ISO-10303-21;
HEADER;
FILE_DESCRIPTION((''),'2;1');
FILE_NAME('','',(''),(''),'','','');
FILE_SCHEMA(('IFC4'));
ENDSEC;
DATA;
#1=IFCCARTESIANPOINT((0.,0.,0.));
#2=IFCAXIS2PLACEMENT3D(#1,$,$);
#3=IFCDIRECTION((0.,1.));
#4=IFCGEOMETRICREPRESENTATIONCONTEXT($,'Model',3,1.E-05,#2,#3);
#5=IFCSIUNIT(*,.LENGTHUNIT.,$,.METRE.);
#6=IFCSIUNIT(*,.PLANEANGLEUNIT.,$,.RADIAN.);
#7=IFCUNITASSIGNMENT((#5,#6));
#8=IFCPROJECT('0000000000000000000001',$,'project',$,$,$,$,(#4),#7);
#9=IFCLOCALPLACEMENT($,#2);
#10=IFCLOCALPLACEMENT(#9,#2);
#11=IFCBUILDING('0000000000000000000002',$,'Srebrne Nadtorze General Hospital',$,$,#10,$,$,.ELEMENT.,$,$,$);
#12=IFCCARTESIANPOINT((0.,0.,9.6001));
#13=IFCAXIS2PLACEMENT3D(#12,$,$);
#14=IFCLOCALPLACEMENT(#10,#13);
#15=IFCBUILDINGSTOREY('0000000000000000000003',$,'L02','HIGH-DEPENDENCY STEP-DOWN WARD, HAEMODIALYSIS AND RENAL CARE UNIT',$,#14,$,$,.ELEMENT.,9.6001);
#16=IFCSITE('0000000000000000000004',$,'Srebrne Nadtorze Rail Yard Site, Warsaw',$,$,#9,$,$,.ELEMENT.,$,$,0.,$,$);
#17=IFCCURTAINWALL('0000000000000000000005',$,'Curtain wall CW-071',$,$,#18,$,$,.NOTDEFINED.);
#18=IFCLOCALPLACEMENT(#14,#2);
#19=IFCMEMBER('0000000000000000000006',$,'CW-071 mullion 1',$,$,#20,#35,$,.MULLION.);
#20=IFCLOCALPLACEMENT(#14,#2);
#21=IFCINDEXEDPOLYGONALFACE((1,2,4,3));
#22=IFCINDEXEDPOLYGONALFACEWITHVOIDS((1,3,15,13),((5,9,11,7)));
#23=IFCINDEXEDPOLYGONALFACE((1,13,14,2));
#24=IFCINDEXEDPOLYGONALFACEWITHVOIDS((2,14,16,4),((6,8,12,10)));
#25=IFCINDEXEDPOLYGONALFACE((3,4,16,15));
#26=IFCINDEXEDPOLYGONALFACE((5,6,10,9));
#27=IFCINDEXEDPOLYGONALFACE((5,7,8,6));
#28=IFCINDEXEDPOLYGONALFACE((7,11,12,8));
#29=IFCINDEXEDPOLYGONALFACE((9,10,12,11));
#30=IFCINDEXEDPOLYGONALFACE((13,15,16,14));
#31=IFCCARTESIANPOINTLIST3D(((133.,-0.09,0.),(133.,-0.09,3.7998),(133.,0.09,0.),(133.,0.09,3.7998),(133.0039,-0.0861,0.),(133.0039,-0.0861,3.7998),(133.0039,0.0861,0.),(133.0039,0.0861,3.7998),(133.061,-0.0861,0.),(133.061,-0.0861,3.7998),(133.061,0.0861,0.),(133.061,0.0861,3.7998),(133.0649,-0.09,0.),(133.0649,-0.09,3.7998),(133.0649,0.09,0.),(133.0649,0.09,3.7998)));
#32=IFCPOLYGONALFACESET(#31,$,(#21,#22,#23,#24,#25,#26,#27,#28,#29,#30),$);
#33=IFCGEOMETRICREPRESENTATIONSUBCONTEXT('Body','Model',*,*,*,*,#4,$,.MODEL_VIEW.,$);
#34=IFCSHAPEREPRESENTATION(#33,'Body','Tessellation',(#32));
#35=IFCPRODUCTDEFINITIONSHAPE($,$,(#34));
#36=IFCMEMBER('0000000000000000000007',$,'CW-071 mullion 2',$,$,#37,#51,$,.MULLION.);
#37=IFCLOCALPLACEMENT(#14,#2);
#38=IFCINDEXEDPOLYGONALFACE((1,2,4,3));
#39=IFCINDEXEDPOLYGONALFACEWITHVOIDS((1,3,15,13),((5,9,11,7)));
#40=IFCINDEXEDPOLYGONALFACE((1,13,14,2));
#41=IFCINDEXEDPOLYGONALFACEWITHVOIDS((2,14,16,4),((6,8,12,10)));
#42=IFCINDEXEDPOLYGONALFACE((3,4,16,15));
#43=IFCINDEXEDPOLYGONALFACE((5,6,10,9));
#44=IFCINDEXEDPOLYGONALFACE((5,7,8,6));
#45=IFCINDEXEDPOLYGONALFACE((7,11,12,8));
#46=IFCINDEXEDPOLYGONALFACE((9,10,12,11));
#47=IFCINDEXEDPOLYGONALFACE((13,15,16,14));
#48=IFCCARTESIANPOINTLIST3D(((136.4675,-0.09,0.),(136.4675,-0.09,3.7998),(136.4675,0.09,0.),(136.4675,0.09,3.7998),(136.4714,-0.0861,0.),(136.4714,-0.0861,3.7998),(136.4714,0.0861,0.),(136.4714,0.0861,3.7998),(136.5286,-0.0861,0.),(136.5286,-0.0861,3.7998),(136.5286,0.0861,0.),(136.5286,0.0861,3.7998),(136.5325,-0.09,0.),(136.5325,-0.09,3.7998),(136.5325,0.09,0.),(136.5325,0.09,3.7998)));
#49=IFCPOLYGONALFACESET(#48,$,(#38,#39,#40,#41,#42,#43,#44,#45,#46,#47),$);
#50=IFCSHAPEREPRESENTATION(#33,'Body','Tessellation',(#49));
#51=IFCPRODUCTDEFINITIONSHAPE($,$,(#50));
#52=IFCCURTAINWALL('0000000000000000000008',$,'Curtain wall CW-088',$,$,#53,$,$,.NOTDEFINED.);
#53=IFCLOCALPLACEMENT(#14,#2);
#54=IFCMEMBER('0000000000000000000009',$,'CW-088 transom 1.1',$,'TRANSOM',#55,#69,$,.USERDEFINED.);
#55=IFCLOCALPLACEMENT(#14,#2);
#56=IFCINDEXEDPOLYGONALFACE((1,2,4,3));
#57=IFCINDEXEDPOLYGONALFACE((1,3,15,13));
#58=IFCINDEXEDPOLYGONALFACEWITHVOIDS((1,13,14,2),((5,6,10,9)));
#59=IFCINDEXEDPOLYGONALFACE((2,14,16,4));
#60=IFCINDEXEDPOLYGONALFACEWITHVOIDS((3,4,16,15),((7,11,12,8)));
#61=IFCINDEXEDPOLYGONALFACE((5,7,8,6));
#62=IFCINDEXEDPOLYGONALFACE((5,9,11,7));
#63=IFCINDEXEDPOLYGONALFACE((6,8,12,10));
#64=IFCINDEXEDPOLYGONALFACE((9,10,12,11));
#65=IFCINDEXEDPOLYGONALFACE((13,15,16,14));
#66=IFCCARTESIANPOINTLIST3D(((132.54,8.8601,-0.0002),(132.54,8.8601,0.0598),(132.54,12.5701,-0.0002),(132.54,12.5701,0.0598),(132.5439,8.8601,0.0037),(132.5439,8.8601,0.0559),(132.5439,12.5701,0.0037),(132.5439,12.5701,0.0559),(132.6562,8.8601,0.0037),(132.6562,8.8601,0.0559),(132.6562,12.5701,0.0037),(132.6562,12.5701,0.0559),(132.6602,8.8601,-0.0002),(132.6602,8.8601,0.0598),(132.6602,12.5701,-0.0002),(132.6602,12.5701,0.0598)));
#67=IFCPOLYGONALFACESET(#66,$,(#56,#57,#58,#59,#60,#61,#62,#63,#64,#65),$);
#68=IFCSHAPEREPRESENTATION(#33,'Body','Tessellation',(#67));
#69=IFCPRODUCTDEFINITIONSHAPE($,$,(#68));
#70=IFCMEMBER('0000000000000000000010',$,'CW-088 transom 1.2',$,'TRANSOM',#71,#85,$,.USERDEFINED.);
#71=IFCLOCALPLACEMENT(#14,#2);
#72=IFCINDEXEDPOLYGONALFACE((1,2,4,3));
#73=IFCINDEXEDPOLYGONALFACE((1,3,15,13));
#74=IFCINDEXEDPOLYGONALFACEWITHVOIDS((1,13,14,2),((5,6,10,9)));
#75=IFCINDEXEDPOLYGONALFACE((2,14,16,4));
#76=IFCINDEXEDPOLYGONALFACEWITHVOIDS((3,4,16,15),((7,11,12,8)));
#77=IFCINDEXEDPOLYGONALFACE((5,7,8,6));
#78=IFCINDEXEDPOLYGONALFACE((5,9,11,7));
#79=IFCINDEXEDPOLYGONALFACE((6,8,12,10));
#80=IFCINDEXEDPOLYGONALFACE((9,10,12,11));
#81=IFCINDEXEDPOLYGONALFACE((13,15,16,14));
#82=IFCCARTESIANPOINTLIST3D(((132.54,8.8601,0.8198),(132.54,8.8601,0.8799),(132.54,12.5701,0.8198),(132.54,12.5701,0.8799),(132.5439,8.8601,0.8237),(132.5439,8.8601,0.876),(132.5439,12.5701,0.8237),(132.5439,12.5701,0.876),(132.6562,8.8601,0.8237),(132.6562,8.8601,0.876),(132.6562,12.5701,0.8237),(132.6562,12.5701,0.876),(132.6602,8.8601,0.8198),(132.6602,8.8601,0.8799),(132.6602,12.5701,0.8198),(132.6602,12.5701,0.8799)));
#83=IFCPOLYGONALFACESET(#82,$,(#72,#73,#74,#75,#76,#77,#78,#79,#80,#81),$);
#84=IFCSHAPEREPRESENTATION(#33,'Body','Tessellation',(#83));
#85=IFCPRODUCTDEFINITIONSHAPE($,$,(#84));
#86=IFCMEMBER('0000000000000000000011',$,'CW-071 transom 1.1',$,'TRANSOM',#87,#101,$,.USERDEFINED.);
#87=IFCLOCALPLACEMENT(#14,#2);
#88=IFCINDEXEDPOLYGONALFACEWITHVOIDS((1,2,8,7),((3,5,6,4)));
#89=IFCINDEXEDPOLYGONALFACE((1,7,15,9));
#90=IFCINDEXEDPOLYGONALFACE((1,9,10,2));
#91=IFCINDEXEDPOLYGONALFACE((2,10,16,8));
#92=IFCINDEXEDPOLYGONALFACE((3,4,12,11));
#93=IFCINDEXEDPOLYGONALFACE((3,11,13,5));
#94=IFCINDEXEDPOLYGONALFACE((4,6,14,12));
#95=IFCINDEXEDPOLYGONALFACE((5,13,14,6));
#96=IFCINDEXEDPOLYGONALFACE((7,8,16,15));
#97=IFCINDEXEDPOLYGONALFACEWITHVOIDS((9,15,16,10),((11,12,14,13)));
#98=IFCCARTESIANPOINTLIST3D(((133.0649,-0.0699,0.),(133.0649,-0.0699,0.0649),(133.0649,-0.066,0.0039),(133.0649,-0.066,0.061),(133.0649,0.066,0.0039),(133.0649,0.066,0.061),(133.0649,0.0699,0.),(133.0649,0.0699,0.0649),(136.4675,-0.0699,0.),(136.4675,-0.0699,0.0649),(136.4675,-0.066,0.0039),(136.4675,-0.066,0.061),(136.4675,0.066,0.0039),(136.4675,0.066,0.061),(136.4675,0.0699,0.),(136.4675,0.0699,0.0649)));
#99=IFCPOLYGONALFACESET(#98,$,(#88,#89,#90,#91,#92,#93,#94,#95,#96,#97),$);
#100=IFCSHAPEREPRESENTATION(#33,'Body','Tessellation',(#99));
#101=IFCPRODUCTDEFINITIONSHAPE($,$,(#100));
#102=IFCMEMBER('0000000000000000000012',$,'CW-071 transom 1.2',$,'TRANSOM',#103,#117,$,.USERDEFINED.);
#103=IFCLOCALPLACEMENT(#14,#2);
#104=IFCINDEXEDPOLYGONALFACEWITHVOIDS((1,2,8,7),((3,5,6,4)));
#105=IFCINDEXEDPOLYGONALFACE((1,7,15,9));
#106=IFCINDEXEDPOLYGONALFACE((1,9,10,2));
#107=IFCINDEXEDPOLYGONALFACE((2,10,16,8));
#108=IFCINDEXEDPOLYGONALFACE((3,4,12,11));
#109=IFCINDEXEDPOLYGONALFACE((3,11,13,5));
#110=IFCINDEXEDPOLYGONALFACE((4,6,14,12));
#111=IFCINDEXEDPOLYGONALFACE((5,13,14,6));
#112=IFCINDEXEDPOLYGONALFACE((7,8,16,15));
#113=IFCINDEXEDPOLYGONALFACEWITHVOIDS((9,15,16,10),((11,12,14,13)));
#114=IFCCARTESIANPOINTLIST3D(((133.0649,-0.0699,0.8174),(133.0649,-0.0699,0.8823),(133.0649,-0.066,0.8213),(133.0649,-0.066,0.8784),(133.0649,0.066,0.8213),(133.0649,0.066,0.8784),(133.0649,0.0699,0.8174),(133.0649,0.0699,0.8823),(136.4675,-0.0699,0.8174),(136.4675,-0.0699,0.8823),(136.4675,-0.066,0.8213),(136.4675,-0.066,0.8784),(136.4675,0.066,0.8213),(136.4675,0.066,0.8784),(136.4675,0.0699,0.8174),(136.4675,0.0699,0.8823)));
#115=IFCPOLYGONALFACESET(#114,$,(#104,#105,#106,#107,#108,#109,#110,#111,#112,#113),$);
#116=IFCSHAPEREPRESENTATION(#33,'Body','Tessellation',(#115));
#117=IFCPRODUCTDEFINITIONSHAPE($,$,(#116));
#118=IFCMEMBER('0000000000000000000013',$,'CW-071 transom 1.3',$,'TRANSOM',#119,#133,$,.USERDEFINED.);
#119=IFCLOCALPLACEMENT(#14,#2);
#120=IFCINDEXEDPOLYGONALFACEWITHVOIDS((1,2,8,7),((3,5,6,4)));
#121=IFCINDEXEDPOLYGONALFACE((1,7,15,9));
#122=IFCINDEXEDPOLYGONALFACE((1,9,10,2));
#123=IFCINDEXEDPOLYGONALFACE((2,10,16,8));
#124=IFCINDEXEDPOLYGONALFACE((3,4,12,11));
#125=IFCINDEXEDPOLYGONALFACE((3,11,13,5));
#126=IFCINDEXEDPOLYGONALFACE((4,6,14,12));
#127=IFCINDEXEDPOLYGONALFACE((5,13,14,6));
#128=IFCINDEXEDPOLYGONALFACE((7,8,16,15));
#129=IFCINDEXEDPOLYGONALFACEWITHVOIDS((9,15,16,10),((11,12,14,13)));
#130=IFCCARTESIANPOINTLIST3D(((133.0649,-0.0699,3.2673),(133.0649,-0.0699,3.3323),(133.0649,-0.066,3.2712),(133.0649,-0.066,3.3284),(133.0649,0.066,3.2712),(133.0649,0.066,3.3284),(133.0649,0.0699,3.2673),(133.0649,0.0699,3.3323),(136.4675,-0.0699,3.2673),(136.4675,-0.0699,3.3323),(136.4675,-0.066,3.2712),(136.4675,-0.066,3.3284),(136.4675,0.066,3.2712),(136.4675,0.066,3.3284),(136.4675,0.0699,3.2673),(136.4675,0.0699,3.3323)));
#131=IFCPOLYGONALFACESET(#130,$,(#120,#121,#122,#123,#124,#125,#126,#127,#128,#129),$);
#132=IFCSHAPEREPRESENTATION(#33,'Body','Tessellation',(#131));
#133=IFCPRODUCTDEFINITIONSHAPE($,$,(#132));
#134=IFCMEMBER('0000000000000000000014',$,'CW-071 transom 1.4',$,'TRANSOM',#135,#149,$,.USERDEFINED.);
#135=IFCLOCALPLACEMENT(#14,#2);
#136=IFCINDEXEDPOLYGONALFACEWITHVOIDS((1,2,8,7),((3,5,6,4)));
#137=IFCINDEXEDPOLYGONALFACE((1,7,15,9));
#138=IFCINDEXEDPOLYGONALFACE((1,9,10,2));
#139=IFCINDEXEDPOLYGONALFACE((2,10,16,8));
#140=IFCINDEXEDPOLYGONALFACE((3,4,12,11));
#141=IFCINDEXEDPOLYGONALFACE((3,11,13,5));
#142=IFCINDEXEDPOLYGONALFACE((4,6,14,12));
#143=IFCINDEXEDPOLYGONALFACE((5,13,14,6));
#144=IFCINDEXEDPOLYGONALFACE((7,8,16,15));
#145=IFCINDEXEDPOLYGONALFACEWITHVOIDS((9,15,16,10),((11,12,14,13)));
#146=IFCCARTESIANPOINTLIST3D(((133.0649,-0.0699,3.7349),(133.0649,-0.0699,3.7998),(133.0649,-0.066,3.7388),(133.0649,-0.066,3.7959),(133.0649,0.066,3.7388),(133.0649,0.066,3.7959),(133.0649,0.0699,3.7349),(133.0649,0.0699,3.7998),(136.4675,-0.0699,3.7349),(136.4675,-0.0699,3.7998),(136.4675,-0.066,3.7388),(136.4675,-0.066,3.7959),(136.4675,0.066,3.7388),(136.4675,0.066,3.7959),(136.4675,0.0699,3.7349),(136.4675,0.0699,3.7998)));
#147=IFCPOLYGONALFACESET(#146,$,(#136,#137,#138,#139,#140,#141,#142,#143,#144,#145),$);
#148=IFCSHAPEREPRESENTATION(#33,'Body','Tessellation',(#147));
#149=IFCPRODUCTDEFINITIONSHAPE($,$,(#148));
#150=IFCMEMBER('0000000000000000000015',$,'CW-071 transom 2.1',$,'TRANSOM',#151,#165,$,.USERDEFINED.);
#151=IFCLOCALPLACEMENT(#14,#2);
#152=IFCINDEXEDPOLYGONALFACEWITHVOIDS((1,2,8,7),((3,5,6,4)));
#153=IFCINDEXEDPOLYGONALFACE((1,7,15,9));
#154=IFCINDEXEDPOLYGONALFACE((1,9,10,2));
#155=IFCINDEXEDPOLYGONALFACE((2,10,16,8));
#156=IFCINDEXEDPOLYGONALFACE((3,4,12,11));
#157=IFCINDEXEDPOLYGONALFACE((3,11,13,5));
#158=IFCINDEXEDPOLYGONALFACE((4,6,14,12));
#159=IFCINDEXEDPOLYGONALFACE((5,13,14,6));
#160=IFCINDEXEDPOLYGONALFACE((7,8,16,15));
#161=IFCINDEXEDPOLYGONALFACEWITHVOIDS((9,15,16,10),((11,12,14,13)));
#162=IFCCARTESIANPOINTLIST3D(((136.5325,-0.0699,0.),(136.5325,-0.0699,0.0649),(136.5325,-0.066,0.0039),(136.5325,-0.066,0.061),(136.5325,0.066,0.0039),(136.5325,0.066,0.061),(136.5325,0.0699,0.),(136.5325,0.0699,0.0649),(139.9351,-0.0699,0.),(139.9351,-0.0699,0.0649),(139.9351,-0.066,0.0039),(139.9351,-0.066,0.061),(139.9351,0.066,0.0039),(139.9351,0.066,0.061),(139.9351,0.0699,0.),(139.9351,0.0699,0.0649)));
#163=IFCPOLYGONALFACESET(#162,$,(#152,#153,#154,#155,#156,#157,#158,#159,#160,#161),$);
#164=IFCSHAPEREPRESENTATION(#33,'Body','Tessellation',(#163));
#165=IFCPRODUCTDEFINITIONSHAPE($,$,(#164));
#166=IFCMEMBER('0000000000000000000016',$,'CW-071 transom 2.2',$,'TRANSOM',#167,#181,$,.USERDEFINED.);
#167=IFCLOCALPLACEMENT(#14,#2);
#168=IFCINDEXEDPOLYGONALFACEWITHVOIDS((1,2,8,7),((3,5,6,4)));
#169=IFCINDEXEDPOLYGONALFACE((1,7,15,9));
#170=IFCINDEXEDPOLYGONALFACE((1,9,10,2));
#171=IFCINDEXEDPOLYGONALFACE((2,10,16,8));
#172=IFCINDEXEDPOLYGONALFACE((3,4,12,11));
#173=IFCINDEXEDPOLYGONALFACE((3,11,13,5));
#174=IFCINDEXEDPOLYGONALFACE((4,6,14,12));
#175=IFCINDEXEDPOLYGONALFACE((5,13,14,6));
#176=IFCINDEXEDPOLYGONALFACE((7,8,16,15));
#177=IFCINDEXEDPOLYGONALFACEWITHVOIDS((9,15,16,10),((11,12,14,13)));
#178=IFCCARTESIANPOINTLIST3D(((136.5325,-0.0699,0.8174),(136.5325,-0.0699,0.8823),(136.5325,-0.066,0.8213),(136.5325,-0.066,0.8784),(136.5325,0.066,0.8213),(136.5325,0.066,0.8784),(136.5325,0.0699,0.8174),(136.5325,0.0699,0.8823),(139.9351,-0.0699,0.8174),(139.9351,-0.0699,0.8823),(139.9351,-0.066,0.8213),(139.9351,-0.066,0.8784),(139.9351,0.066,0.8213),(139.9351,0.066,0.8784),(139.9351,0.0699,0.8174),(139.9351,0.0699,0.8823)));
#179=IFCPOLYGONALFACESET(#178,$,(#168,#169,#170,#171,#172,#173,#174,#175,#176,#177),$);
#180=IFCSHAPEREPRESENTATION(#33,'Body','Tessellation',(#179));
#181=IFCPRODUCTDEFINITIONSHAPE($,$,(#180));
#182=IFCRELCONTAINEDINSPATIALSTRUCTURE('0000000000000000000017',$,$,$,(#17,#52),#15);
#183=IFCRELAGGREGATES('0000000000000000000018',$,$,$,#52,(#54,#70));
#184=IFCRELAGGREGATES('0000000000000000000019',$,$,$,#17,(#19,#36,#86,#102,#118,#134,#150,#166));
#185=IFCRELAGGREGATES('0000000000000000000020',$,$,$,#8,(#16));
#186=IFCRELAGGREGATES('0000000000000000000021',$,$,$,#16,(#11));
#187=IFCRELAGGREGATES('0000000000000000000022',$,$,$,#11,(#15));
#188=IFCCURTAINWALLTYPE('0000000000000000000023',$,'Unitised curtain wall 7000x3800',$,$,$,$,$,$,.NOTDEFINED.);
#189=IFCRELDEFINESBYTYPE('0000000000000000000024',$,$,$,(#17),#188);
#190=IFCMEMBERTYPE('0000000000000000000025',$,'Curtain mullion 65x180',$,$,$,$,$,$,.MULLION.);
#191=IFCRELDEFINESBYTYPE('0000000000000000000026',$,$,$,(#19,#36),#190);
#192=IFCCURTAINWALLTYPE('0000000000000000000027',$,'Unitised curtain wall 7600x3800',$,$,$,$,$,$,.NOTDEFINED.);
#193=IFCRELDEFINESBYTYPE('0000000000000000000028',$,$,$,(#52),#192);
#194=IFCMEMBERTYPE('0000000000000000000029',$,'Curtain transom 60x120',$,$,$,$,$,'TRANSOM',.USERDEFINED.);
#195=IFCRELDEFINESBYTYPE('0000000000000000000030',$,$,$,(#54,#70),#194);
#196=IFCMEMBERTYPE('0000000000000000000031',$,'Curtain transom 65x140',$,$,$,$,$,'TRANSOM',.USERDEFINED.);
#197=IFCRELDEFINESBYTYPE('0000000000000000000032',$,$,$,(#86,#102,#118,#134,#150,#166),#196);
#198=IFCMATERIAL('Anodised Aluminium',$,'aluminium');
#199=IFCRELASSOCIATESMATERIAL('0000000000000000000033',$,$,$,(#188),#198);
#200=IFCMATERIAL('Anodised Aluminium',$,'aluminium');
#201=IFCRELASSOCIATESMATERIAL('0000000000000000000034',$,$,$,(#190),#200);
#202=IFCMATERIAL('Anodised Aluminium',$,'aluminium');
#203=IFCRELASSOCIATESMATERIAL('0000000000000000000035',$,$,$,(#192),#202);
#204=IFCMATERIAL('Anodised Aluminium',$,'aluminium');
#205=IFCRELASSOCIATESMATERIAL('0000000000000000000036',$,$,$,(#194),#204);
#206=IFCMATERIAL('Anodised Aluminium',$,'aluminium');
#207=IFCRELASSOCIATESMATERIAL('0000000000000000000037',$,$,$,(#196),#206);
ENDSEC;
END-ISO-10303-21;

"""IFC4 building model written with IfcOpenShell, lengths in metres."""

from ifc_helpers import new_model, si_unit, direction, frame, origin, origin_2d, place, context, subcontext, project, spatial, hollow_rectangle, extrude, material, material_profile, profile_set, type_object, element, aggregate, save


model = new_model("IFC4")

# Units and contexts
model_context = context("Model", 3, precision=1e-05, world=origin(), true_north=direction((0.0, 1.0)))
body_context = subcontext(model_context, "Body", "Model", "MODEL_VIEW")
ifc_project = project(units=[si_unit("LENGTHUNIT", "METRE"), si_unit("PLANEANGLEUNIT", "RADIAN")], contexts=[model_context])

# Site, building, storey
site_placement = place(None, origin())
site = spatial("IfcSite", under=ifc_project, at=site_placement, Name="Srebrne Nadtorze Rail Yard Site, Warsaw", CompositionType="ELEMENT", RefElevation=0.0)
building_placement = place(site_placement, origin())
building = spatial("IfcBuilding", under=site, at=building_placement, Name="Srebrne Nadtorze General Hospital", CompositionType="ELEMENT")
storey_placement = place(building_placement, frame((0.0, 0.0, 9.6001)))
storey = spatial("IfcBuildingStorey", under=building, at=storey_placement, Name="L02", Description="HIGH-DEPENDENCY STEP-DOWN WARD, HAEMODIALYSIS AND RENAL CARE UNIT", CompositionType="ELEMENT", Elevation=9.6001)

# Curtain walls, members
ifc_material_1 = material(Name="Anodised Aluminium", Category="aluminium")
curtain_wall_type_1 = type_object("IfcCurtainWallType", Name="Unitised curtain wall 7000x3800", PredefinedType="NOTDEFINED", material=ifc_material_1)
curtain_wall_1_placement = place(storey_placement, origin())
curtain_wall_1 = element("IfcCurtainWall", 1, at=curtain_wall_1_placement, inside=storey, type_object=curtain_wall_type_1, Name="Curtain wall CW-071", PredefinedType="NOTDEFINED")
ifc_material_2 = material(Name="Anodised Aluminium", Category="aluminium")
ifc_material_profile_1 = material_profile(ifc_material_2, hollow_rectangle(XDim=0.0649, YDim=0.1799, WallThickness=0.0039, at=origin_2d()), Name="AL-MUL-65x180")
ifc_profile_set_1 = profile_set([ifc_material_profile_1], Name="Anodised Aluminium")
member_type_1 = type_object("IfcMemberType", Name="Curtain mullion 65x180", PredefinedType="MULLION", material=ifc_profile_set_1)
member_1_placement = place(storey_placement, frame((133.0325, 0.0, 0.0), z_axis=(0.0, 0.0, 1.0), x_axis=(1.0, 0.0, 0.0)))
member_1 = element("IfcMember", 2, at=member_1_placement, type_object=member_type_1, Name="CW-071 mullion 1", PredefinedType="MULLION", context=body_context, shape_type="SweptSolid", body=[
    extrude(hollow_rectangle(XDim=0.0649, YDim=0.1799, WallThickness=0.0039, at=origin_2d()), origin(), (0.0, 0.0, 1.0), 3.7998),
])
member_2_placement = place(storey_placement, frame((136.5, 0.0, 0.0), z_axis=(0.0, 0.0, 1.0), x_axis=(1.0, 0.0, 0.0)))
member_2 = element("IfcMember", 3, at=member_2_placement, type_object=member_type_1, Name="CW-071 mullion 2", PredefinedType="MULLION", context=body_context, shape_type="SweptSolid", body=[
    extrude(hollow_rectangle(XDim=0.0649, YDim=0.1799, WallThickness=0.0039, at=origin_2d()), origin(), (0.0, 0.0, 1.0), 3.7998),
])
ifc_material_3 = material(Name="Anodised Aluminium", Category="aluminium")
curtain_wall_type_2 = type_object("IfcCurtainWallType", Name="Unitised curtain wall 7600x3800", PredefinedType="NOTDEFINED", material=ifc_material_3)
curtain_wall_2_placement = place(storey_placement, origin())
curtain_wall_2 = element("IfcCurtainWall", 4, at=curtain_wall_2_placement, inside=storey, type_object=curtain_wall_type_2, Name="Curtain wall CW-088", PredefinedType="NOTDEFINED")
ifc_material_4 = material(Name="Anodised Aluminium", Category="aluminium")
ifc_material_profile_2 = material_profile(ifc_material_4, hollow_rectangle(XDim=0.0601, YDim=0.1201, WallThickness=0.0039, at=origin_2d()), Name="AL-TRN-60x120")
ifc_profile_set_2 = profile_set([ifc_material_profile_2], Name="Anodised Aluminium")
member_type_2 = type_object("IfcMemberType", Name="Curtain transom 60x120", ElementType="TRANSOM", PredefinedType="USERDEFINED", material=ifc_profile_set_2)
member_3_placement = place(storey_placement, frame((132.6001, 8.8601, 0.0298), z_axis=(0.0, 1.0, 0.0), x_axis=(0.0, 0.0, 1.0)))
member_3 = element("IfcMember", 5, at=member_3_placement, type_object=member_type_2, Name="CW-088 transom 1.1", ObjectType="TRANSOM", PredefinedType="USERDEFINED", context=body_context, shape_type="SweptSolid", body=[
    extrude(hollow_rectangle(XDim=0.0601, YDim=0.1201, WallThickness=0.0039, at=origin_2d()), origin(), (0.0, 0.0, 1.0), 3.71),
])
member_4_placement = place(storey_placement, frame((132.6001, 8.8601, 0.8499), z_axis=(0.0, 1.0, 0.0), x_axis=(0.0, 0.0, 1.0)))
member_4 = element("IfcMember", 6, at=member_4_placement, type_object=member_type_2, Name="CW-088 transom 1.2", ObjectType="TRANSOM", PredefinedType="USERDEFINED", context=body_context, shape_type="SweptSolid", body=[
    extrude(hollow_rectangle(XDim=0.0601, YDim=0.1201, WallThickness=0.0039, at=origin_2d()), origin(), (0.0, 0.0, 1.0), 3.71),
])
aggregate(curtain_wall_2, [member_3, member_4])

# Members
ifc_material_5 = material(Name="Anodised Aluminium", Category="aluminium")
ifc_material_profile_3 = material_profile(ifc_material_5, hollow_rectangle(XDim=0.0649, YDim=0.1399, WallThickness=0.0039, at=origin_2d()), Name="AL-TRN-65x140")
ifc_profile_set_3 = profile_set([ifc_material_profile_3], Name="Anodised Aluminium")
member_type_3 = type_object("IfcMemberType", Name="Curtain transom 65x140", ElementType="TRANSOM", PredefinedType="USERDEFINED", material=ifc_profile_set_3)
member_5_placement = place(storey_placement, frame((133.0649, 0.0, 0.0325), z_axis=(1.0, 0.0, 0.0), x_axis=(0.0, 0.0, 1.0)))
member_5 = element("IfcMember", 7, at=member_5_placement, type_object=member_type_3, Name="CW-071 transom 1.1", ObjectType="TRANSOM", PredefinedType="USERDEFINED", context=body_context, shape_type="SweptSolid", body=[
    extrude(hollow_rectangle(XDim=0.0649, YDim=0.1399, WallThickness=0.0039, at=origin_2d()), origin(), (0.0, 0.0, 1.0), 3.4026),
])
member_6_placement = place(storey_placement, frame((133.0649, 0.0, 0.8499), z_axis=(1.0, 0.0, 0.0), x_axis=(0.0, 0.0, 1.0)))
member_6 = element("IfcMember", 8, at=member_6_placement, type_object=member_type_3, Name="CW-071 transom 1.2", ObjectType="TRANSOM", PredefinedType="USERDEFINED", context=body_context, shape_type="SweptSolid", body=[
    extrude(hollow_rectangle(XDim=0.0649, YDim=0.1399, WallThickness=0.0039, at=origin_2d()), origin(), (0.0, 0.0, 1.0), 3.4026),
])
member_7_placement = place(storey_placement, frame((133.0649, 0.0, 3.2998), z_axis=(1.0, 0.0, 0.0), x_axis=(0.0, 0.0, 1.0)))
member_7 = element("IfcMember", 9, at=member_7_placement, type_object=member_type_3, Name="CW-071 transom 1.3", ObjectType="TRANSOM", PredefinedType="USERDEFINED", context=body_context, shape_type="SweptSolid", body=[
    extrude(hollow_rectangle(XDim=0.0649, YDim=0.1399, WallThickness=0.0039, at=origin_2d()), origin(), (0.0, 0.0, 1.0), 3.4026),
])
member_8_placement = place(storey_placement, frame((133.0649, 0.0, 3.7673), z_axis=(1.0, 0.0, 0.0), x_axis=(0.0, 0.0, 1.0)))
member_8 = element("IfcMember", 10, at=member_8_placement, type_object=member_type_3, Name="CW-071 transom 1.4", ObjectType="TRANSOM", PredefinedType="USERDEFINED", context=body_context, shape_type="SweptSolid", body=[
    extrude(hollow_rectangle(XDim=0.0649, YDim=0.1399, WallThickness=0.0039, at=origin_2d()), origin(), (0.0, 0.0, 1.0), 3.4026),
])
member_9_placement = place(storey_placement, frame((136.5325, 0.0, 0.0325), z_axis=(1.0, 0.0, 0.0), x_axis=(0.0, 0.0, 1.0)))
member_9 = element("IfcMember", 11, at=member_9_placement, type_object=member_type_3, Name="CW-071 transom 2.1", ObjectType="TRANSOM", PredefinedType="USERDEFINED", context=body_context, shape_type="SweptSolid", body=[
    extrude(hollow_rectangle(XDim=0.0649, YDim=0.1399, WallThickness=0.0039, at=origin_2d()), origin(), (0.0, 0.0, 1.0), 3.4026),
])
member_10_placement = place(storey_placement, frame((136.5325, 0.0, 0.8499), z_axis=(1.0, 0.0, 0.0), x_axis=(0.0, 0.0, 1.0)))
member_10 = element("IfcMember", 12, at=member_10_placement, type_object=member_type_3, Name="CW-071 transom 2.2", ObjectType="TRANSOM", PredefinedType="USERDEFINED", context=body_context, shape_type="SweptSolid", body=[
    extrude(hollow_rectangle(XDim=0.0649, YDim=0.1399, WallThickness=0.0039, at=origin_2d()), origin(), (0.0, 0.0, 1.0), 3.4026),
])

aggregate(curtain_wall_1, [member_1, member_2, member_5, member_6, member_7, member_8, member_9, member_10])

save(model, "model.ifc")
